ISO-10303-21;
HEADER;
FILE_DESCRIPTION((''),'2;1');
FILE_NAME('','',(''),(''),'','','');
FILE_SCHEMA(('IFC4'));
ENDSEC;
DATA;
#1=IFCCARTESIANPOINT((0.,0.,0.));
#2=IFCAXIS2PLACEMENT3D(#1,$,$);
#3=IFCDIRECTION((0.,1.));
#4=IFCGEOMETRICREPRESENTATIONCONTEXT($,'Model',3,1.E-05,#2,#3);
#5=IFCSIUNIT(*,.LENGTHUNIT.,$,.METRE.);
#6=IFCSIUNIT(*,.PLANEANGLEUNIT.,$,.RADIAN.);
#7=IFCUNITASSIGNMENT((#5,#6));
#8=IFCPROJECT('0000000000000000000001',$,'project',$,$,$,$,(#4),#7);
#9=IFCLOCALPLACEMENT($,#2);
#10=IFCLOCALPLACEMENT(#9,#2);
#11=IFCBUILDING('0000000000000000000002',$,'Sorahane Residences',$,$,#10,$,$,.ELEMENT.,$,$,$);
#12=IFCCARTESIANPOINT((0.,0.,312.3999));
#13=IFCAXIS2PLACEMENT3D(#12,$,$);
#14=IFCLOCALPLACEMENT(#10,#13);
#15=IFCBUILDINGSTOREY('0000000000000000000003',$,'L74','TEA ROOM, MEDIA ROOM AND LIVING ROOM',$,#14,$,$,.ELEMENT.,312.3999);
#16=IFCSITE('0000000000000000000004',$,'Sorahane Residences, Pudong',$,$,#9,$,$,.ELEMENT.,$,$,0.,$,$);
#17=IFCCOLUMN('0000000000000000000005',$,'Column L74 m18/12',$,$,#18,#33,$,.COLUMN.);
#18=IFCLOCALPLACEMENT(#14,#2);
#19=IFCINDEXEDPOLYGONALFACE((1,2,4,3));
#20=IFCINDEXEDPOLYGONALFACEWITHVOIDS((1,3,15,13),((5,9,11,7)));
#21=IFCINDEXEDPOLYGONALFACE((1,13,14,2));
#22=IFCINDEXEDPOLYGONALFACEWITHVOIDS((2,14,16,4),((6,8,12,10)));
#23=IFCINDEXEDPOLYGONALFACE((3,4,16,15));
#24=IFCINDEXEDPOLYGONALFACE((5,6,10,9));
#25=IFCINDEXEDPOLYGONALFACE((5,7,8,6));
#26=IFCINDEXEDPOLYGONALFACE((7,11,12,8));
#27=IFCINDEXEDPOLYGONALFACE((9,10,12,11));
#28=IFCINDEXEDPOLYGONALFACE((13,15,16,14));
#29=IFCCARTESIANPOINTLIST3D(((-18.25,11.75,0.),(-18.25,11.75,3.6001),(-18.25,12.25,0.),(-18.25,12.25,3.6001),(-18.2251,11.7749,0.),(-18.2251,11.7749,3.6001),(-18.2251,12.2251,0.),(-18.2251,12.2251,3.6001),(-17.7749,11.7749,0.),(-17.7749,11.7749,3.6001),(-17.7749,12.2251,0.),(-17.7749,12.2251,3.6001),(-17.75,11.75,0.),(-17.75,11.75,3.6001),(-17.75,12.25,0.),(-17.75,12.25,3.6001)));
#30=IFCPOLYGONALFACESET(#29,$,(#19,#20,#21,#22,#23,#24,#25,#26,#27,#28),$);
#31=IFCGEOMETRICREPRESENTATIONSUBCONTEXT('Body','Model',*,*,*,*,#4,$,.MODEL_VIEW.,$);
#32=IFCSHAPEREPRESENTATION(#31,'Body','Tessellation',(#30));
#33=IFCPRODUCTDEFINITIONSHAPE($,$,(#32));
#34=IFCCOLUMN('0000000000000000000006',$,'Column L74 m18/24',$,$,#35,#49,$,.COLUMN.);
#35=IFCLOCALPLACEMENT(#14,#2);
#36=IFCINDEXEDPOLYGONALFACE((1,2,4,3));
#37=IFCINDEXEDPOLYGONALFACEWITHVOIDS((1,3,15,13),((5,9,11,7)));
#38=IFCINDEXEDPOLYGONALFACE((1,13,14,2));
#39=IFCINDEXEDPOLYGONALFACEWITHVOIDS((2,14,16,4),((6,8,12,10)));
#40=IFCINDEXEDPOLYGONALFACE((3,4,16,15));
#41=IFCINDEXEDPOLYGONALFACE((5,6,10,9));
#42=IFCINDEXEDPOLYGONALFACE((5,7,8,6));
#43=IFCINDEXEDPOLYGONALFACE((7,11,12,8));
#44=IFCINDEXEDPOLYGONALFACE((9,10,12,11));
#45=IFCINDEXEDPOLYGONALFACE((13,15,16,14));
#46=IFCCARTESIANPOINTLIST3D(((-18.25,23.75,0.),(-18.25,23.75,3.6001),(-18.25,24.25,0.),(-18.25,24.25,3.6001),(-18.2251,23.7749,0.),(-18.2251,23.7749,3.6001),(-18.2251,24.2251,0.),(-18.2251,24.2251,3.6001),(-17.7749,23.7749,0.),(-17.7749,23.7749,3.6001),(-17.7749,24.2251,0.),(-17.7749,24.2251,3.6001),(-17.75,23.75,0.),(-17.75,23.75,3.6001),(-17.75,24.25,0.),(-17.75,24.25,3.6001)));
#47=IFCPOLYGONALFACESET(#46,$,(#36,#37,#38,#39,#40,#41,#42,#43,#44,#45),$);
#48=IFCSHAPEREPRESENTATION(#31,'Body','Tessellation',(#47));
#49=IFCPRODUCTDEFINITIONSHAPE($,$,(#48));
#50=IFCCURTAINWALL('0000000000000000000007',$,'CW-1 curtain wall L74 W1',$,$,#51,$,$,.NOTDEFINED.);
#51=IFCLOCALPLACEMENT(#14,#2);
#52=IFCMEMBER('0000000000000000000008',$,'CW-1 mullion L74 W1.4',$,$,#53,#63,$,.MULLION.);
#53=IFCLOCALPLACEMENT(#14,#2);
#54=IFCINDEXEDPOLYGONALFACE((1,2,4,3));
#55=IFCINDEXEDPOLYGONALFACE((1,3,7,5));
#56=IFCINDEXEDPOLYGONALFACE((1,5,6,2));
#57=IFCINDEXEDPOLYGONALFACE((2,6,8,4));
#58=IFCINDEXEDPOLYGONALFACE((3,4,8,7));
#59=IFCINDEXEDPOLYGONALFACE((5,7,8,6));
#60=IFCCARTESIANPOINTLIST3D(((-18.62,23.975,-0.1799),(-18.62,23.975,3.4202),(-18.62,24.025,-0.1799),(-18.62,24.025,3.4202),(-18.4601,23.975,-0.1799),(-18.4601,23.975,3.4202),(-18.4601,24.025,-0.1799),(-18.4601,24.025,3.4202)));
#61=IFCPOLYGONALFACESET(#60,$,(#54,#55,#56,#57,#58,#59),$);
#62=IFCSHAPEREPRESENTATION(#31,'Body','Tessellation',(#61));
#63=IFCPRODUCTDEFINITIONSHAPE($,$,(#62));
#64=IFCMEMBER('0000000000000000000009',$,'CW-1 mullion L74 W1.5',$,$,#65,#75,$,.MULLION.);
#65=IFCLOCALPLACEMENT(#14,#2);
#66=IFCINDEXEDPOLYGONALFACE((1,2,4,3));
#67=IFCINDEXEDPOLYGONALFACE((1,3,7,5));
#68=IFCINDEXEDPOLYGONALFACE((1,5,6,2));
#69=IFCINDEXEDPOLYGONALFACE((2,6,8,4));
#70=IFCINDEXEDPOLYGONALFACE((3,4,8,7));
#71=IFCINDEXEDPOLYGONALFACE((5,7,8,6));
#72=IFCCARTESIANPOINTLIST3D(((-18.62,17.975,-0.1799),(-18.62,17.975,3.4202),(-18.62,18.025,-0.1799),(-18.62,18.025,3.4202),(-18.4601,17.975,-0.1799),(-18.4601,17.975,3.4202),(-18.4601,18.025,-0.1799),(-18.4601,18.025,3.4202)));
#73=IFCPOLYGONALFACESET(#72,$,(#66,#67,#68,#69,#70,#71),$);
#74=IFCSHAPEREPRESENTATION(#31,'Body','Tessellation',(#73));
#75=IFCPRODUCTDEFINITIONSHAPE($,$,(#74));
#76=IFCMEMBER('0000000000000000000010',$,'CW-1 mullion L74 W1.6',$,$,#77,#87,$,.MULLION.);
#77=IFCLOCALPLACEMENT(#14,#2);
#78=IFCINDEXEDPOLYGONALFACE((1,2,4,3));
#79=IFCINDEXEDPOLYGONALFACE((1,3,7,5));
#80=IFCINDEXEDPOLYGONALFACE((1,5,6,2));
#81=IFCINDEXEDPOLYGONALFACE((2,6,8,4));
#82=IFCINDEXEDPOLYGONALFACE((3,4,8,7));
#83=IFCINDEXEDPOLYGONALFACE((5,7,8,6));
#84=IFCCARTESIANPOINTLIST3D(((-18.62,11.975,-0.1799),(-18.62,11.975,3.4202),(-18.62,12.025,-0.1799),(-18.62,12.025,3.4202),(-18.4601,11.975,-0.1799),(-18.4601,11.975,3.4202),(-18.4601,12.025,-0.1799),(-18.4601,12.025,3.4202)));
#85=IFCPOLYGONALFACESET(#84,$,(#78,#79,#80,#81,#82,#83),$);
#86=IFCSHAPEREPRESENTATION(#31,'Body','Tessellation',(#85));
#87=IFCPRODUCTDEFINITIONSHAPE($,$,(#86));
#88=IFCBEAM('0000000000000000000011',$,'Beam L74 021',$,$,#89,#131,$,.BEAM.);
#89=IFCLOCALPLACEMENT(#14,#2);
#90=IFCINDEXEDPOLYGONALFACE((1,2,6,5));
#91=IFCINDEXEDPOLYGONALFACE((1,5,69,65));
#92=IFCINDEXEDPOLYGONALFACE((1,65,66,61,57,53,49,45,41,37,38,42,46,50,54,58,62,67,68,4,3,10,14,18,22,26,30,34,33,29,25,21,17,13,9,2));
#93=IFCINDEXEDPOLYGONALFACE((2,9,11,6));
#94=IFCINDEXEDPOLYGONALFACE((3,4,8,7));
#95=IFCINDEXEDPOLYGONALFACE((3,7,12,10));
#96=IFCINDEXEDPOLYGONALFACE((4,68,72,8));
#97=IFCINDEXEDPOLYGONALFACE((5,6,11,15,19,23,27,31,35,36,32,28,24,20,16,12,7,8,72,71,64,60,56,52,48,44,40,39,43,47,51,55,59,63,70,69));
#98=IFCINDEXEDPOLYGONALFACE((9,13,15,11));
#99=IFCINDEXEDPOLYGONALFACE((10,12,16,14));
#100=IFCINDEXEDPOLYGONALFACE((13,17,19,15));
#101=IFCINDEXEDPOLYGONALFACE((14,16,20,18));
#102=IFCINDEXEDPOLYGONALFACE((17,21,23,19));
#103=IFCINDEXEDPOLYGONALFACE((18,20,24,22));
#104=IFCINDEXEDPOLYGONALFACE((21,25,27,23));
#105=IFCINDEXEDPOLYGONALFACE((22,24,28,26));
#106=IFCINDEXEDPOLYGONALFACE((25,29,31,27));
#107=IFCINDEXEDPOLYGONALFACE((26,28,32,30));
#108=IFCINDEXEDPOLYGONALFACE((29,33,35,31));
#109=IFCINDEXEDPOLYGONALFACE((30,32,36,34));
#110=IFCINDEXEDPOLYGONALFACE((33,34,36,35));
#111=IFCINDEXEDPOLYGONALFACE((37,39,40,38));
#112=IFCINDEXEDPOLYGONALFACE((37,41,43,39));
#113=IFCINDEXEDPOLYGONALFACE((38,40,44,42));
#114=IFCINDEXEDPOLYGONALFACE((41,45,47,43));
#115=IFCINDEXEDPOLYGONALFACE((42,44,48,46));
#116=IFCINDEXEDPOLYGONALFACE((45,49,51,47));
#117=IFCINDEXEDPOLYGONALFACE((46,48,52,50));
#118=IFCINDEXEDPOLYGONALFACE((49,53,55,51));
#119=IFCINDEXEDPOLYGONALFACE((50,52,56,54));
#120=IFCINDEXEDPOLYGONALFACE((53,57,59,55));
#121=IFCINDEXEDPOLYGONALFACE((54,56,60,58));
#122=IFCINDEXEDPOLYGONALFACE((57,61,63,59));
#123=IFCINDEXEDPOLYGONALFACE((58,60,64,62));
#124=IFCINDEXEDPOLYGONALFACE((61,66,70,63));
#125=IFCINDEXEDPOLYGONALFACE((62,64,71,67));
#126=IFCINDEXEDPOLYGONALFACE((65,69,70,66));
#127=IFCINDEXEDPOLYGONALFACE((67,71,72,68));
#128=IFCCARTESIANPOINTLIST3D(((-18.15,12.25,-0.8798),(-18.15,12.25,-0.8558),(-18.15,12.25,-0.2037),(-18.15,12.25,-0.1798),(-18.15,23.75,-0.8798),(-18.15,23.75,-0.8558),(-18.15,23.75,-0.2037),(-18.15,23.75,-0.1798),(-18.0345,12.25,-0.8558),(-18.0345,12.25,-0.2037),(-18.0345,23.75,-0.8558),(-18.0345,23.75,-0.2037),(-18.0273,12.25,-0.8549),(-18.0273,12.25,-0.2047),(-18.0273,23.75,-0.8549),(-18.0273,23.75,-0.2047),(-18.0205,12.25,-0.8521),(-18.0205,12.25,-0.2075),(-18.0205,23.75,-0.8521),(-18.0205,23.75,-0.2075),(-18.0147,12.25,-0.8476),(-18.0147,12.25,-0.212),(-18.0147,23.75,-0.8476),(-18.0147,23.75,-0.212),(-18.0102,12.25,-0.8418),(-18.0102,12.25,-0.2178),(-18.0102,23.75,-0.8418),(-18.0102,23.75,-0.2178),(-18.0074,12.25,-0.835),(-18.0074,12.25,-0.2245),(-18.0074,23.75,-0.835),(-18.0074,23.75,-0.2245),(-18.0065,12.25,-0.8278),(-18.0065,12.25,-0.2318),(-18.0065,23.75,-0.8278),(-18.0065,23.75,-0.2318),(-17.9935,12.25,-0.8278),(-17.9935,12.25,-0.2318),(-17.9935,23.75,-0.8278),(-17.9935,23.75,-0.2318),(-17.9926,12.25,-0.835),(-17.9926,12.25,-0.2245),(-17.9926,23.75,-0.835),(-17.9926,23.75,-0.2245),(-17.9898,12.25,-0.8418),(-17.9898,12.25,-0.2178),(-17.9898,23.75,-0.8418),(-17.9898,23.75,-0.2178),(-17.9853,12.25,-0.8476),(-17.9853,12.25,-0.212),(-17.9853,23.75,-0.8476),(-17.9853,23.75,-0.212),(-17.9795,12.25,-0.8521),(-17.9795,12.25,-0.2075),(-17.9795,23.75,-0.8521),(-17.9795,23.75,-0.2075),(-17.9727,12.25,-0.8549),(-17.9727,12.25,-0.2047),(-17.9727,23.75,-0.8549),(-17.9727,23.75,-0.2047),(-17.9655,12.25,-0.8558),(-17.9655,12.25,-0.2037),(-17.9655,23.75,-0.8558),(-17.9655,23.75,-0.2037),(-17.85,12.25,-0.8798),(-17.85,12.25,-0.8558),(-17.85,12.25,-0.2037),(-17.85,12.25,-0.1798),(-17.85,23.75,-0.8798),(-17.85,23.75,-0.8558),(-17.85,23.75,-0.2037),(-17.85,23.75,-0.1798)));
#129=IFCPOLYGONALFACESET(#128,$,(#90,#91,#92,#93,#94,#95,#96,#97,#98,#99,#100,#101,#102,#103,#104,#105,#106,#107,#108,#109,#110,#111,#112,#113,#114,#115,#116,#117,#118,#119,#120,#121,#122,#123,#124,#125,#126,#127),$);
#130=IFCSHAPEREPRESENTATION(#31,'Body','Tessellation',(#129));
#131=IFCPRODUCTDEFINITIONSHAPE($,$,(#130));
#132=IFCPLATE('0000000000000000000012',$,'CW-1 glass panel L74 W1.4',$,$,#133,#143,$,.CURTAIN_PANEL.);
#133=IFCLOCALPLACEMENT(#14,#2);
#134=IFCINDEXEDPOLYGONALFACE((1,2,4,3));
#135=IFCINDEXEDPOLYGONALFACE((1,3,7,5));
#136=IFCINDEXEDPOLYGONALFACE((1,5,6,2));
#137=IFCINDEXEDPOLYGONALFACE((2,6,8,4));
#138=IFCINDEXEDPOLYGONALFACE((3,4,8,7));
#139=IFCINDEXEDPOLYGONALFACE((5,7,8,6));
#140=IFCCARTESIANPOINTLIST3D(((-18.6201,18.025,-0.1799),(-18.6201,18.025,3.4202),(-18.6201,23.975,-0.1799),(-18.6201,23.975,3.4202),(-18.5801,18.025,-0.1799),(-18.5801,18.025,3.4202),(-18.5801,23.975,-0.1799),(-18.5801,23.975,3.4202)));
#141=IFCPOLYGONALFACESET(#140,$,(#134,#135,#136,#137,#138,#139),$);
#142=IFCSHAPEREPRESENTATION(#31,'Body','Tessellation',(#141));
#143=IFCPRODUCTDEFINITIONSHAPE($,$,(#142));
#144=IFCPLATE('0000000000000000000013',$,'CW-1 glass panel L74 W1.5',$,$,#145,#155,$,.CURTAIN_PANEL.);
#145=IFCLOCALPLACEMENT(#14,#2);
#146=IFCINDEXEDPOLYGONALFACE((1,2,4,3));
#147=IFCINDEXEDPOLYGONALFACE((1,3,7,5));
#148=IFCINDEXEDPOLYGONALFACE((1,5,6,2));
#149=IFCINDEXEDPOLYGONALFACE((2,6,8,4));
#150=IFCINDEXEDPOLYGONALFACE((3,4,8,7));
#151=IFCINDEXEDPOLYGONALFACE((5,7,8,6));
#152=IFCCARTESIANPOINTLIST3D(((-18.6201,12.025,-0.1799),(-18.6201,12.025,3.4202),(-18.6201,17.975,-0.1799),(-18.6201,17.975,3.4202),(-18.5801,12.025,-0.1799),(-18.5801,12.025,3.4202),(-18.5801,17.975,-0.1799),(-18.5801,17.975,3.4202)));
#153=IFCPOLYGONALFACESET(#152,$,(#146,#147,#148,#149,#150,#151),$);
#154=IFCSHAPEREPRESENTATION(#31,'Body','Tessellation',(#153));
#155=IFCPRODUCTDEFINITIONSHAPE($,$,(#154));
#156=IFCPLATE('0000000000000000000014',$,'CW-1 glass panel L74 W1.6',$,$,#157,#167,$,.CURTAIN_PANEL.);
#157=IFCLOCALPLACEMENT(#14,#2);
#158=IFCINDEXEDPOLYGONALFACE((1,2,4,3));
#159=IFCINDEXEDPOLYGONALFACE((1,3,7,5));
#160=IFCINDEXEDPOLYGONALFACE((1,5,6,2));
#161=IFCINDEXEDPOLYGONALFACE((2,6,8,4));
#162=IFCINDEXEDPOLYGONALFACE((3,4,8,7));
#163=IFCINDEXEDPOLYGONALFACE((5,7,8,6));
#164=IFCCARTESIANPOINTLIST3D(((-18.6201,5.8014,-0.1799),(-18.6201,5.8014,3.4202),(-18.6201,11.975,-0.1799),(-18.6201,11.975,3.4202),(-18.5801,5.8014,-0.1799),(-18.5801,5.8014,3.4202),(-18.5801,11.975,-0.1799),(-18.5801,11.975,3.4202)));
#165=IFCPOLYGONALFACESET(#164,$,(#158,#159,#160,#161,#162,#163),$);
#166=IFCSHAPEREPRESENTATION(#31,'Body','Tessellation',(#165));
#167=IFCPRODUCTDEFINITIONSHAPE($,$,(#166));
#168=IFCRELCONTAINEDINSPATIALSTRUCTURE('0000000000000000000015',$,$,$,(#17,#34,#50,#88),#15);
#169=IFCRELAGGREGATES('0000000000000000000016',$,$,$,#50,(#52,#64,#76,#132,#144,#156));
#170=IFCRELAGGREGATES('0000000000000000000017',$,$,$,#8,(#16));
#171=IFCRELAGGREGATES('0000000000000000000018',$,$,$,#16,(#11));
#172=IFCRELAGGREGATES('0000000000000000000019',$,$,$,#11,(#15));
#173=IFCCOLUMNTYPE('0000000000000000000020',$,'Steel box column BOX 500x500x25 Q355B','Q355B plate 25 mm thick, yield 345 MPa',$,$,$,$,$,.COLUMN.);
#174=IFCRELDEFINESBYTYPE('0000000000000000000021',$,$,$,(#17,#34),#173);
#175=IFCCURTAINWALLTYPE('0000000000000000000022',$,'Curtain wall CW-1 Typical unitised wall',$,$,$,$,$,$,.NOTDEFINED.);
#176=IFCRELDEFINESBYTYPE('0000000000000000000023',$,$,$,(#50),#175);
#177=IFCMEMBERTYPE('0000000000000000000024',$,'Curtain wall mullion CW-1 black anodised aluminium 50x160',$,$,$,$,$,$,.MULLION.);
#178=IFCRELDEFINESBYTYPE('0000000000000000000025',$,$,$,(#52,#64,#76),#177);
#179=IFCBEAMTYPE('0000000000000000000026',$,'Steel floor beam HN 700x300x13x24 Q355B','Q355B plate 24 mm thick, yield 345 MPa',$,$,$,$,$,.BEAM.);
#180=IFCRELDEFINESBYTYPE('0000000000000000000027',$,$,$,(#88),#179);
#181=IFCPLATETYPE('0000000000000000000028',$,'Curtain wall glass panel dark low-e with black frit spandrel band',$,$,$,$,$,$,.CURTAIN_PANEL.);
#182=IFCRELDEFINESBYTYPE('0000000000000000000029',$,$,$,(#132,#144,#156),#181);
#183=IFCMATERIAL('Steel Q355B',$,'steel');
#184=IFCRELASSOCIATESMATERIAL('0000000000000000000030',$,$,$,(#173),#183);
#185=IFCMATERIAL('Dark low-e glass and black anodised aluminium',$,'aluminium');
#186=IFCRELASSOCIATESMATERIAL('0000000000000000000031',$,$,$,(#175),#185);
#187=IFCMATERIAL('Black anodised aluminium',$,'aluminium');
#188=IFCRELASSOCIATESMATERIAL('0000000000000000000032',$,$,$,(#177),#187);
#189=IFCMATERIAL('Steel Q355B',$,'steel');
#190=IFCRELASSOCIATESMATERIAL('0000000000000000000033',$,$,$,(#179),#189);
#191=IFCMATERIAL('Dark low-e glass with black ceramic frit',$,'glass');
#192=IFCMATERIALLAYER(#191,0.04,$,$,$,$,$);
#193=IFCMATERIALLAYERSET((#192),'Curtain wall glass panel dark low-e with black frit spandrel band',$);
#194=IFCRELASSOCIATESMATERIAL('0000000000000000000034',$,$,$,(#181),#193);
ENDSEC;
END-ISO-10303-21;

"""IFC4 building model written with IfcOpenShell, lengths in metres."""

from ifc_helpers import new_model, si_unit, direction, frame, origin, origin_2d, place, context, subcontext, project, spatial, rectangle, hollow_rectangle, i_section, extrude, material, layer, layer_set, material_profile, profile_set, type_object, element, aggregate, save


model = new_model("IFC4")

# Units and contexts
model_context = context("Model", 3, precision=1e-05, world=origin(), true_north=direction((0.0, 1.0)))
body_context = subcontext(model_context, "Body", "Model", "MODEL_VIEW")
ifc_project = project(units=[si_unit("LENGTHUNIT", "METRE"), si_unit("PLANEANGLEUNIT", "RADIAN")], contexts=[model_context])

# Site, building, storey
site_placement = place(None, origin())
site = spatial("IfcSite", under=ifc_project, at=site_placement, Name="Sorahane Residences, Pudong", CompositionType="ELEMENT", RefElevation=0.0)
building_placement = place(site_placement, origin())
building = spatial("IfcBuilding", under=site, at=building_placement, Name="Sorahane Residences", CompositionType="ELEMENT")
storey_placement = place(building_placement, frame((0.0, 0.0, 312.3999)))
storey = spatial("IfcBuildingStorey", under=building, at=storey_placement, Name="L74", Description="TEA ROOM, MEDIA ROOM AND LIVING ROOM", CompositionType="ELEMENT", Elevation=312.3999)

# Columns
ifc_material_1 = material(Name="Steel Q355B", Category="steel")
ifc_material_profile_1 = material_profile(ifc_material_1, hollow_rectangle(XDim=0.5, YDim=0.5, WallThickness=0.0249, at=origin_2d()), Name="BOX 500x500x25")
ifc_profile_set_1 = profile_set([ifc_material_profile_1], Name="Steel Q355B")
column_type = type_object("IfcColumnType", Name="Steel box column BOX 500x500x25 Q355B", Description="Q355B plate 25 mm thick, yield 345 MPa", PredefinedType="COLUMN", material=ifc_profile_set_1)
for number, where, z_axis, x_axis, name in (
    (1, (-18.0, 12.0, 0.0), (0.0, 0.0, 1.0), (1.0, 0.0, 0.0), "Column L74 m18/12"),
    (2, (-18.0, 24.0, 0.0), (0.0, 0.0, 1.0), (1.0, 0.0, 0.0), "Column L74 m18/24"),
):
    element("IfcColumn", number, at=place(storey_placement, frame(where, z_axis=z_axis, x_axis=x_axis)), inside=storey, type_object=column_type, Name=name, PredefinedType="COLUMN", context=body_context, shape_type="SweptSolid", body=[
        extrude(hollow_rectangle(XDim=0.5, YDim=0.5, WallThickness=0.0249, at=origin_2d()), origin(), (0.0, 0.0, 1.0), 3.6001),
    ])

# Curtain wall, members
ifc_material_2 = material(Name="Dark low-e glass and black anodised aluminium", Category="aluminium")
curtain_wall_type = type_object("IfcCurtainWallType", Name="Curtain wall CW-1 Typical unitised wall", PredefinedType="NOTDEFINED", material=ifc_material_2)
curtain_wall_placement = place(storey_placement, origin())
curtain_wall = element("IfcCurtainWall", 3, at=curtain_wall_placement, inside=storey, type_object=curtain_wall_type, Name="CW-1 curtain wall L74 W1", PredefinedType="NOTDEFINED")
ifc_material_3 = material(Name="Black anodised aluminium", Category="aluminium")
ifc_material_profile_2 = material_profile(ifc_material_3, rectangle(XDim=0.1599, YDim=0.05, at=origin_2d()), Name="Curtain wall mullion CW-1 black anodised aluminium 50x160")
ifc_profile_set_2 = profile_set([ifc_material_profile_2], Name="Black anodised aluminium")
member_type = type_object("IfcMemberType", Name="Curtain wall mullion CW-1 black anodised aluminium 50x160", PredefinedType="MULLION", material=ifc_profile_set_2)
member_1_placement = place(storey_placement, frame((-18.54, 24.0, -0.1799), z_axis=(0.0, 0.0, 1.0), x_axis=(-1.0, 0.0, 0.0)))
member_1 = element("IfcMember", 4, at=member_1_placement, type_object=member_type, Name="CW-1 mullion L74 W1.4", PredefinedType="MULLION", context=body_context, shape_type="SweptSolid", body=[
    extrude(rectangle(XDim=0.1599, YDim=0.05, at=origin_2d()), origin(), (0.0, 0.0, 1.0), 3.6001),
])
member_2_placement = place(storey_placement, frame((-18.54, 18.0, -0.1799), z_axis=(0.0, 0.0, 1.0), x_axis=(-1.0, 0.0, 0.0)))
member_2 = element("IfcMember", 5, at=member_2_placement, type_object=member_type, Name="CW-1 mullion L74 W1.5", PredefinedType="MULLION", context=body_context, shape_type="SweptSolid", body=[
    extrude(rectangle(XDim=0.1599, YDim=0.05, at=origin_2d()), origin(), (0.0, 0.0, 1.0), 3.6001),
])
member_3_placement = place(storey_placement, frame((-18.54, 12.0, -0.1799), z_axis=(0.0, 0.0, 1.0), x_axis=(-1.0, 0.0, 0.0)))
member_3 = element("IfcMember", 6, at=member_3_placement, type_object=member_type, Name="CW-1 mullion L74 W1.6", PredefinedType="MULLION", context=body_context, shape_type="SweptSolid", body=[
    extrude(rectangle(XDim=0.1599, YDim=0.05, at=origin_2d()), origin(), (0.0, 0.0, 1.0), 3.6001),
])

# Beam
ifc_material_4 = material(Name="Steel Q355B", Category="steel")
ifc_material_profile_3 = material_profile(ifc_material_4, i_section(OverallWidth=0.3, OverallDepth=0.7, WebThickness=0.0129, FlangeThickness=0.0239, FilletRadius=0.0281, at=origin_2d()), Name="HN 700x300x13x24")
ifc_profile_set_3 = profile_set([ifc_material_profile_3], Name="Steel Q355B")
beam_type = type_object("IfcBeamType", Name="Steel floor beam HN 700x300x13x24 Q355B", Description="Q355B plate 24 mm thick, yield 345 MPa", PredefinedType="BEAM", material=ifc_profile_set_3)
beam_placement = place(storey_placement, frame((-18.0, 12.25, -0.5298), z_axis=(0.0, 1.0, 0.0), x_axis=(-1.0, 0.0, 0.0)))
element("IfcBeam", 7, at=beam_placement, inside=storey, type_object=beam_type, Name="Beam L74 021", PredefinedType="BEAM", context=body_context, shape_type="SweptSolid", body=[
    extrude(i_section(OverallWidth=0.3, OverallDepth=0.7, WebThickness=0.0129, FlangeThickness=0.0239, FilletRadius=0.0281, at=origin_2d()), origin(), (0.0, 0.0, 1.0), 11.5),
])

# Plates
ifc_material_5 = material(Name="Dark low-e glass with black ceramic frit", Category="glass")
ifc_layer_1 = layer(ifc_material_5, 0.04)
ifc_layer_set_1 = layer_set([ifc_layer_1], Name="Curtain wall glass panel dark low-e with black frit spandrel band")
plate_type = type_object("IfcPlateType", Name="Curtain wall glass panel dark low-e with black frit spandrel band", PredefinedType="CURTAIN_PANEL", material=ifc_layer_set_1)
plate_1_placement = place(storey_placement, frame((-18.6001, 21.0, -0.1799), z_axis=(0.0, 0.0, 1.0), x_axis=(0.0, -1.0, 0.0)))
plate_1 = element("IfcPlate", 8, at=plate_1_placement, type_object=plate_type, Name="CW-1 glass panel L74 W1.4", PredefinedType="CURTAIN_PANEL", context=body_context, shape_type="SweptSolid", body=[
    extrude(rectangle(XDim=5.95, YDim=0.04, at=origin_2d()), origin(), (0.0, 0.0, 1.0), 3.6001),
])
plate_2_placement = place(storey_placement, frame((-18.6001, 15.0, -0.1799), z_axis=(0.0, 0.0, 1.0), x_axis=(0.0, -1.0, 0.0)))
plate_2 = element("IfcPlate", 9, at=plate_2_placement, type_object=plate_type, Name="CW-1 glass panel L74 W1.5", PredefinedType="CURTAIN_PANEL", context=body_context, shape_type="SweptSolid", body=[
    extrude(rectangle(XDim=5.95, YDim=0.04, at=origin_2d()), origin(), (0.0, 0.0, 1.0), 3.6001),
])
plate_3_placement = place(storey_placement, frame((-18.6001, 8.8882, -0.1799), z_axis=(0.0, 0.0, 1.0), x_axis=(0.0, -1.0, 0.0)))
plate_3 = element("IfcPlate", 10, at=plate_3_placement, type_object=plate_type, Name="CW-1 glass panel L74 W1.6", PredefinedType="CURTAIN_PANEL", context=body_context, shape_type="SweptSolid", body=[
    extrude(rectangle(XDim=6.1736, YDim=0.04, at=origin_2d()), origin(), (0.0, 0.0, 1.0), 3.6001),
])
aggregate(curtain_wall, [member_1, member_2, member_3, plate_1, plate_2, plate_3])

save(model, "model.ifc")
